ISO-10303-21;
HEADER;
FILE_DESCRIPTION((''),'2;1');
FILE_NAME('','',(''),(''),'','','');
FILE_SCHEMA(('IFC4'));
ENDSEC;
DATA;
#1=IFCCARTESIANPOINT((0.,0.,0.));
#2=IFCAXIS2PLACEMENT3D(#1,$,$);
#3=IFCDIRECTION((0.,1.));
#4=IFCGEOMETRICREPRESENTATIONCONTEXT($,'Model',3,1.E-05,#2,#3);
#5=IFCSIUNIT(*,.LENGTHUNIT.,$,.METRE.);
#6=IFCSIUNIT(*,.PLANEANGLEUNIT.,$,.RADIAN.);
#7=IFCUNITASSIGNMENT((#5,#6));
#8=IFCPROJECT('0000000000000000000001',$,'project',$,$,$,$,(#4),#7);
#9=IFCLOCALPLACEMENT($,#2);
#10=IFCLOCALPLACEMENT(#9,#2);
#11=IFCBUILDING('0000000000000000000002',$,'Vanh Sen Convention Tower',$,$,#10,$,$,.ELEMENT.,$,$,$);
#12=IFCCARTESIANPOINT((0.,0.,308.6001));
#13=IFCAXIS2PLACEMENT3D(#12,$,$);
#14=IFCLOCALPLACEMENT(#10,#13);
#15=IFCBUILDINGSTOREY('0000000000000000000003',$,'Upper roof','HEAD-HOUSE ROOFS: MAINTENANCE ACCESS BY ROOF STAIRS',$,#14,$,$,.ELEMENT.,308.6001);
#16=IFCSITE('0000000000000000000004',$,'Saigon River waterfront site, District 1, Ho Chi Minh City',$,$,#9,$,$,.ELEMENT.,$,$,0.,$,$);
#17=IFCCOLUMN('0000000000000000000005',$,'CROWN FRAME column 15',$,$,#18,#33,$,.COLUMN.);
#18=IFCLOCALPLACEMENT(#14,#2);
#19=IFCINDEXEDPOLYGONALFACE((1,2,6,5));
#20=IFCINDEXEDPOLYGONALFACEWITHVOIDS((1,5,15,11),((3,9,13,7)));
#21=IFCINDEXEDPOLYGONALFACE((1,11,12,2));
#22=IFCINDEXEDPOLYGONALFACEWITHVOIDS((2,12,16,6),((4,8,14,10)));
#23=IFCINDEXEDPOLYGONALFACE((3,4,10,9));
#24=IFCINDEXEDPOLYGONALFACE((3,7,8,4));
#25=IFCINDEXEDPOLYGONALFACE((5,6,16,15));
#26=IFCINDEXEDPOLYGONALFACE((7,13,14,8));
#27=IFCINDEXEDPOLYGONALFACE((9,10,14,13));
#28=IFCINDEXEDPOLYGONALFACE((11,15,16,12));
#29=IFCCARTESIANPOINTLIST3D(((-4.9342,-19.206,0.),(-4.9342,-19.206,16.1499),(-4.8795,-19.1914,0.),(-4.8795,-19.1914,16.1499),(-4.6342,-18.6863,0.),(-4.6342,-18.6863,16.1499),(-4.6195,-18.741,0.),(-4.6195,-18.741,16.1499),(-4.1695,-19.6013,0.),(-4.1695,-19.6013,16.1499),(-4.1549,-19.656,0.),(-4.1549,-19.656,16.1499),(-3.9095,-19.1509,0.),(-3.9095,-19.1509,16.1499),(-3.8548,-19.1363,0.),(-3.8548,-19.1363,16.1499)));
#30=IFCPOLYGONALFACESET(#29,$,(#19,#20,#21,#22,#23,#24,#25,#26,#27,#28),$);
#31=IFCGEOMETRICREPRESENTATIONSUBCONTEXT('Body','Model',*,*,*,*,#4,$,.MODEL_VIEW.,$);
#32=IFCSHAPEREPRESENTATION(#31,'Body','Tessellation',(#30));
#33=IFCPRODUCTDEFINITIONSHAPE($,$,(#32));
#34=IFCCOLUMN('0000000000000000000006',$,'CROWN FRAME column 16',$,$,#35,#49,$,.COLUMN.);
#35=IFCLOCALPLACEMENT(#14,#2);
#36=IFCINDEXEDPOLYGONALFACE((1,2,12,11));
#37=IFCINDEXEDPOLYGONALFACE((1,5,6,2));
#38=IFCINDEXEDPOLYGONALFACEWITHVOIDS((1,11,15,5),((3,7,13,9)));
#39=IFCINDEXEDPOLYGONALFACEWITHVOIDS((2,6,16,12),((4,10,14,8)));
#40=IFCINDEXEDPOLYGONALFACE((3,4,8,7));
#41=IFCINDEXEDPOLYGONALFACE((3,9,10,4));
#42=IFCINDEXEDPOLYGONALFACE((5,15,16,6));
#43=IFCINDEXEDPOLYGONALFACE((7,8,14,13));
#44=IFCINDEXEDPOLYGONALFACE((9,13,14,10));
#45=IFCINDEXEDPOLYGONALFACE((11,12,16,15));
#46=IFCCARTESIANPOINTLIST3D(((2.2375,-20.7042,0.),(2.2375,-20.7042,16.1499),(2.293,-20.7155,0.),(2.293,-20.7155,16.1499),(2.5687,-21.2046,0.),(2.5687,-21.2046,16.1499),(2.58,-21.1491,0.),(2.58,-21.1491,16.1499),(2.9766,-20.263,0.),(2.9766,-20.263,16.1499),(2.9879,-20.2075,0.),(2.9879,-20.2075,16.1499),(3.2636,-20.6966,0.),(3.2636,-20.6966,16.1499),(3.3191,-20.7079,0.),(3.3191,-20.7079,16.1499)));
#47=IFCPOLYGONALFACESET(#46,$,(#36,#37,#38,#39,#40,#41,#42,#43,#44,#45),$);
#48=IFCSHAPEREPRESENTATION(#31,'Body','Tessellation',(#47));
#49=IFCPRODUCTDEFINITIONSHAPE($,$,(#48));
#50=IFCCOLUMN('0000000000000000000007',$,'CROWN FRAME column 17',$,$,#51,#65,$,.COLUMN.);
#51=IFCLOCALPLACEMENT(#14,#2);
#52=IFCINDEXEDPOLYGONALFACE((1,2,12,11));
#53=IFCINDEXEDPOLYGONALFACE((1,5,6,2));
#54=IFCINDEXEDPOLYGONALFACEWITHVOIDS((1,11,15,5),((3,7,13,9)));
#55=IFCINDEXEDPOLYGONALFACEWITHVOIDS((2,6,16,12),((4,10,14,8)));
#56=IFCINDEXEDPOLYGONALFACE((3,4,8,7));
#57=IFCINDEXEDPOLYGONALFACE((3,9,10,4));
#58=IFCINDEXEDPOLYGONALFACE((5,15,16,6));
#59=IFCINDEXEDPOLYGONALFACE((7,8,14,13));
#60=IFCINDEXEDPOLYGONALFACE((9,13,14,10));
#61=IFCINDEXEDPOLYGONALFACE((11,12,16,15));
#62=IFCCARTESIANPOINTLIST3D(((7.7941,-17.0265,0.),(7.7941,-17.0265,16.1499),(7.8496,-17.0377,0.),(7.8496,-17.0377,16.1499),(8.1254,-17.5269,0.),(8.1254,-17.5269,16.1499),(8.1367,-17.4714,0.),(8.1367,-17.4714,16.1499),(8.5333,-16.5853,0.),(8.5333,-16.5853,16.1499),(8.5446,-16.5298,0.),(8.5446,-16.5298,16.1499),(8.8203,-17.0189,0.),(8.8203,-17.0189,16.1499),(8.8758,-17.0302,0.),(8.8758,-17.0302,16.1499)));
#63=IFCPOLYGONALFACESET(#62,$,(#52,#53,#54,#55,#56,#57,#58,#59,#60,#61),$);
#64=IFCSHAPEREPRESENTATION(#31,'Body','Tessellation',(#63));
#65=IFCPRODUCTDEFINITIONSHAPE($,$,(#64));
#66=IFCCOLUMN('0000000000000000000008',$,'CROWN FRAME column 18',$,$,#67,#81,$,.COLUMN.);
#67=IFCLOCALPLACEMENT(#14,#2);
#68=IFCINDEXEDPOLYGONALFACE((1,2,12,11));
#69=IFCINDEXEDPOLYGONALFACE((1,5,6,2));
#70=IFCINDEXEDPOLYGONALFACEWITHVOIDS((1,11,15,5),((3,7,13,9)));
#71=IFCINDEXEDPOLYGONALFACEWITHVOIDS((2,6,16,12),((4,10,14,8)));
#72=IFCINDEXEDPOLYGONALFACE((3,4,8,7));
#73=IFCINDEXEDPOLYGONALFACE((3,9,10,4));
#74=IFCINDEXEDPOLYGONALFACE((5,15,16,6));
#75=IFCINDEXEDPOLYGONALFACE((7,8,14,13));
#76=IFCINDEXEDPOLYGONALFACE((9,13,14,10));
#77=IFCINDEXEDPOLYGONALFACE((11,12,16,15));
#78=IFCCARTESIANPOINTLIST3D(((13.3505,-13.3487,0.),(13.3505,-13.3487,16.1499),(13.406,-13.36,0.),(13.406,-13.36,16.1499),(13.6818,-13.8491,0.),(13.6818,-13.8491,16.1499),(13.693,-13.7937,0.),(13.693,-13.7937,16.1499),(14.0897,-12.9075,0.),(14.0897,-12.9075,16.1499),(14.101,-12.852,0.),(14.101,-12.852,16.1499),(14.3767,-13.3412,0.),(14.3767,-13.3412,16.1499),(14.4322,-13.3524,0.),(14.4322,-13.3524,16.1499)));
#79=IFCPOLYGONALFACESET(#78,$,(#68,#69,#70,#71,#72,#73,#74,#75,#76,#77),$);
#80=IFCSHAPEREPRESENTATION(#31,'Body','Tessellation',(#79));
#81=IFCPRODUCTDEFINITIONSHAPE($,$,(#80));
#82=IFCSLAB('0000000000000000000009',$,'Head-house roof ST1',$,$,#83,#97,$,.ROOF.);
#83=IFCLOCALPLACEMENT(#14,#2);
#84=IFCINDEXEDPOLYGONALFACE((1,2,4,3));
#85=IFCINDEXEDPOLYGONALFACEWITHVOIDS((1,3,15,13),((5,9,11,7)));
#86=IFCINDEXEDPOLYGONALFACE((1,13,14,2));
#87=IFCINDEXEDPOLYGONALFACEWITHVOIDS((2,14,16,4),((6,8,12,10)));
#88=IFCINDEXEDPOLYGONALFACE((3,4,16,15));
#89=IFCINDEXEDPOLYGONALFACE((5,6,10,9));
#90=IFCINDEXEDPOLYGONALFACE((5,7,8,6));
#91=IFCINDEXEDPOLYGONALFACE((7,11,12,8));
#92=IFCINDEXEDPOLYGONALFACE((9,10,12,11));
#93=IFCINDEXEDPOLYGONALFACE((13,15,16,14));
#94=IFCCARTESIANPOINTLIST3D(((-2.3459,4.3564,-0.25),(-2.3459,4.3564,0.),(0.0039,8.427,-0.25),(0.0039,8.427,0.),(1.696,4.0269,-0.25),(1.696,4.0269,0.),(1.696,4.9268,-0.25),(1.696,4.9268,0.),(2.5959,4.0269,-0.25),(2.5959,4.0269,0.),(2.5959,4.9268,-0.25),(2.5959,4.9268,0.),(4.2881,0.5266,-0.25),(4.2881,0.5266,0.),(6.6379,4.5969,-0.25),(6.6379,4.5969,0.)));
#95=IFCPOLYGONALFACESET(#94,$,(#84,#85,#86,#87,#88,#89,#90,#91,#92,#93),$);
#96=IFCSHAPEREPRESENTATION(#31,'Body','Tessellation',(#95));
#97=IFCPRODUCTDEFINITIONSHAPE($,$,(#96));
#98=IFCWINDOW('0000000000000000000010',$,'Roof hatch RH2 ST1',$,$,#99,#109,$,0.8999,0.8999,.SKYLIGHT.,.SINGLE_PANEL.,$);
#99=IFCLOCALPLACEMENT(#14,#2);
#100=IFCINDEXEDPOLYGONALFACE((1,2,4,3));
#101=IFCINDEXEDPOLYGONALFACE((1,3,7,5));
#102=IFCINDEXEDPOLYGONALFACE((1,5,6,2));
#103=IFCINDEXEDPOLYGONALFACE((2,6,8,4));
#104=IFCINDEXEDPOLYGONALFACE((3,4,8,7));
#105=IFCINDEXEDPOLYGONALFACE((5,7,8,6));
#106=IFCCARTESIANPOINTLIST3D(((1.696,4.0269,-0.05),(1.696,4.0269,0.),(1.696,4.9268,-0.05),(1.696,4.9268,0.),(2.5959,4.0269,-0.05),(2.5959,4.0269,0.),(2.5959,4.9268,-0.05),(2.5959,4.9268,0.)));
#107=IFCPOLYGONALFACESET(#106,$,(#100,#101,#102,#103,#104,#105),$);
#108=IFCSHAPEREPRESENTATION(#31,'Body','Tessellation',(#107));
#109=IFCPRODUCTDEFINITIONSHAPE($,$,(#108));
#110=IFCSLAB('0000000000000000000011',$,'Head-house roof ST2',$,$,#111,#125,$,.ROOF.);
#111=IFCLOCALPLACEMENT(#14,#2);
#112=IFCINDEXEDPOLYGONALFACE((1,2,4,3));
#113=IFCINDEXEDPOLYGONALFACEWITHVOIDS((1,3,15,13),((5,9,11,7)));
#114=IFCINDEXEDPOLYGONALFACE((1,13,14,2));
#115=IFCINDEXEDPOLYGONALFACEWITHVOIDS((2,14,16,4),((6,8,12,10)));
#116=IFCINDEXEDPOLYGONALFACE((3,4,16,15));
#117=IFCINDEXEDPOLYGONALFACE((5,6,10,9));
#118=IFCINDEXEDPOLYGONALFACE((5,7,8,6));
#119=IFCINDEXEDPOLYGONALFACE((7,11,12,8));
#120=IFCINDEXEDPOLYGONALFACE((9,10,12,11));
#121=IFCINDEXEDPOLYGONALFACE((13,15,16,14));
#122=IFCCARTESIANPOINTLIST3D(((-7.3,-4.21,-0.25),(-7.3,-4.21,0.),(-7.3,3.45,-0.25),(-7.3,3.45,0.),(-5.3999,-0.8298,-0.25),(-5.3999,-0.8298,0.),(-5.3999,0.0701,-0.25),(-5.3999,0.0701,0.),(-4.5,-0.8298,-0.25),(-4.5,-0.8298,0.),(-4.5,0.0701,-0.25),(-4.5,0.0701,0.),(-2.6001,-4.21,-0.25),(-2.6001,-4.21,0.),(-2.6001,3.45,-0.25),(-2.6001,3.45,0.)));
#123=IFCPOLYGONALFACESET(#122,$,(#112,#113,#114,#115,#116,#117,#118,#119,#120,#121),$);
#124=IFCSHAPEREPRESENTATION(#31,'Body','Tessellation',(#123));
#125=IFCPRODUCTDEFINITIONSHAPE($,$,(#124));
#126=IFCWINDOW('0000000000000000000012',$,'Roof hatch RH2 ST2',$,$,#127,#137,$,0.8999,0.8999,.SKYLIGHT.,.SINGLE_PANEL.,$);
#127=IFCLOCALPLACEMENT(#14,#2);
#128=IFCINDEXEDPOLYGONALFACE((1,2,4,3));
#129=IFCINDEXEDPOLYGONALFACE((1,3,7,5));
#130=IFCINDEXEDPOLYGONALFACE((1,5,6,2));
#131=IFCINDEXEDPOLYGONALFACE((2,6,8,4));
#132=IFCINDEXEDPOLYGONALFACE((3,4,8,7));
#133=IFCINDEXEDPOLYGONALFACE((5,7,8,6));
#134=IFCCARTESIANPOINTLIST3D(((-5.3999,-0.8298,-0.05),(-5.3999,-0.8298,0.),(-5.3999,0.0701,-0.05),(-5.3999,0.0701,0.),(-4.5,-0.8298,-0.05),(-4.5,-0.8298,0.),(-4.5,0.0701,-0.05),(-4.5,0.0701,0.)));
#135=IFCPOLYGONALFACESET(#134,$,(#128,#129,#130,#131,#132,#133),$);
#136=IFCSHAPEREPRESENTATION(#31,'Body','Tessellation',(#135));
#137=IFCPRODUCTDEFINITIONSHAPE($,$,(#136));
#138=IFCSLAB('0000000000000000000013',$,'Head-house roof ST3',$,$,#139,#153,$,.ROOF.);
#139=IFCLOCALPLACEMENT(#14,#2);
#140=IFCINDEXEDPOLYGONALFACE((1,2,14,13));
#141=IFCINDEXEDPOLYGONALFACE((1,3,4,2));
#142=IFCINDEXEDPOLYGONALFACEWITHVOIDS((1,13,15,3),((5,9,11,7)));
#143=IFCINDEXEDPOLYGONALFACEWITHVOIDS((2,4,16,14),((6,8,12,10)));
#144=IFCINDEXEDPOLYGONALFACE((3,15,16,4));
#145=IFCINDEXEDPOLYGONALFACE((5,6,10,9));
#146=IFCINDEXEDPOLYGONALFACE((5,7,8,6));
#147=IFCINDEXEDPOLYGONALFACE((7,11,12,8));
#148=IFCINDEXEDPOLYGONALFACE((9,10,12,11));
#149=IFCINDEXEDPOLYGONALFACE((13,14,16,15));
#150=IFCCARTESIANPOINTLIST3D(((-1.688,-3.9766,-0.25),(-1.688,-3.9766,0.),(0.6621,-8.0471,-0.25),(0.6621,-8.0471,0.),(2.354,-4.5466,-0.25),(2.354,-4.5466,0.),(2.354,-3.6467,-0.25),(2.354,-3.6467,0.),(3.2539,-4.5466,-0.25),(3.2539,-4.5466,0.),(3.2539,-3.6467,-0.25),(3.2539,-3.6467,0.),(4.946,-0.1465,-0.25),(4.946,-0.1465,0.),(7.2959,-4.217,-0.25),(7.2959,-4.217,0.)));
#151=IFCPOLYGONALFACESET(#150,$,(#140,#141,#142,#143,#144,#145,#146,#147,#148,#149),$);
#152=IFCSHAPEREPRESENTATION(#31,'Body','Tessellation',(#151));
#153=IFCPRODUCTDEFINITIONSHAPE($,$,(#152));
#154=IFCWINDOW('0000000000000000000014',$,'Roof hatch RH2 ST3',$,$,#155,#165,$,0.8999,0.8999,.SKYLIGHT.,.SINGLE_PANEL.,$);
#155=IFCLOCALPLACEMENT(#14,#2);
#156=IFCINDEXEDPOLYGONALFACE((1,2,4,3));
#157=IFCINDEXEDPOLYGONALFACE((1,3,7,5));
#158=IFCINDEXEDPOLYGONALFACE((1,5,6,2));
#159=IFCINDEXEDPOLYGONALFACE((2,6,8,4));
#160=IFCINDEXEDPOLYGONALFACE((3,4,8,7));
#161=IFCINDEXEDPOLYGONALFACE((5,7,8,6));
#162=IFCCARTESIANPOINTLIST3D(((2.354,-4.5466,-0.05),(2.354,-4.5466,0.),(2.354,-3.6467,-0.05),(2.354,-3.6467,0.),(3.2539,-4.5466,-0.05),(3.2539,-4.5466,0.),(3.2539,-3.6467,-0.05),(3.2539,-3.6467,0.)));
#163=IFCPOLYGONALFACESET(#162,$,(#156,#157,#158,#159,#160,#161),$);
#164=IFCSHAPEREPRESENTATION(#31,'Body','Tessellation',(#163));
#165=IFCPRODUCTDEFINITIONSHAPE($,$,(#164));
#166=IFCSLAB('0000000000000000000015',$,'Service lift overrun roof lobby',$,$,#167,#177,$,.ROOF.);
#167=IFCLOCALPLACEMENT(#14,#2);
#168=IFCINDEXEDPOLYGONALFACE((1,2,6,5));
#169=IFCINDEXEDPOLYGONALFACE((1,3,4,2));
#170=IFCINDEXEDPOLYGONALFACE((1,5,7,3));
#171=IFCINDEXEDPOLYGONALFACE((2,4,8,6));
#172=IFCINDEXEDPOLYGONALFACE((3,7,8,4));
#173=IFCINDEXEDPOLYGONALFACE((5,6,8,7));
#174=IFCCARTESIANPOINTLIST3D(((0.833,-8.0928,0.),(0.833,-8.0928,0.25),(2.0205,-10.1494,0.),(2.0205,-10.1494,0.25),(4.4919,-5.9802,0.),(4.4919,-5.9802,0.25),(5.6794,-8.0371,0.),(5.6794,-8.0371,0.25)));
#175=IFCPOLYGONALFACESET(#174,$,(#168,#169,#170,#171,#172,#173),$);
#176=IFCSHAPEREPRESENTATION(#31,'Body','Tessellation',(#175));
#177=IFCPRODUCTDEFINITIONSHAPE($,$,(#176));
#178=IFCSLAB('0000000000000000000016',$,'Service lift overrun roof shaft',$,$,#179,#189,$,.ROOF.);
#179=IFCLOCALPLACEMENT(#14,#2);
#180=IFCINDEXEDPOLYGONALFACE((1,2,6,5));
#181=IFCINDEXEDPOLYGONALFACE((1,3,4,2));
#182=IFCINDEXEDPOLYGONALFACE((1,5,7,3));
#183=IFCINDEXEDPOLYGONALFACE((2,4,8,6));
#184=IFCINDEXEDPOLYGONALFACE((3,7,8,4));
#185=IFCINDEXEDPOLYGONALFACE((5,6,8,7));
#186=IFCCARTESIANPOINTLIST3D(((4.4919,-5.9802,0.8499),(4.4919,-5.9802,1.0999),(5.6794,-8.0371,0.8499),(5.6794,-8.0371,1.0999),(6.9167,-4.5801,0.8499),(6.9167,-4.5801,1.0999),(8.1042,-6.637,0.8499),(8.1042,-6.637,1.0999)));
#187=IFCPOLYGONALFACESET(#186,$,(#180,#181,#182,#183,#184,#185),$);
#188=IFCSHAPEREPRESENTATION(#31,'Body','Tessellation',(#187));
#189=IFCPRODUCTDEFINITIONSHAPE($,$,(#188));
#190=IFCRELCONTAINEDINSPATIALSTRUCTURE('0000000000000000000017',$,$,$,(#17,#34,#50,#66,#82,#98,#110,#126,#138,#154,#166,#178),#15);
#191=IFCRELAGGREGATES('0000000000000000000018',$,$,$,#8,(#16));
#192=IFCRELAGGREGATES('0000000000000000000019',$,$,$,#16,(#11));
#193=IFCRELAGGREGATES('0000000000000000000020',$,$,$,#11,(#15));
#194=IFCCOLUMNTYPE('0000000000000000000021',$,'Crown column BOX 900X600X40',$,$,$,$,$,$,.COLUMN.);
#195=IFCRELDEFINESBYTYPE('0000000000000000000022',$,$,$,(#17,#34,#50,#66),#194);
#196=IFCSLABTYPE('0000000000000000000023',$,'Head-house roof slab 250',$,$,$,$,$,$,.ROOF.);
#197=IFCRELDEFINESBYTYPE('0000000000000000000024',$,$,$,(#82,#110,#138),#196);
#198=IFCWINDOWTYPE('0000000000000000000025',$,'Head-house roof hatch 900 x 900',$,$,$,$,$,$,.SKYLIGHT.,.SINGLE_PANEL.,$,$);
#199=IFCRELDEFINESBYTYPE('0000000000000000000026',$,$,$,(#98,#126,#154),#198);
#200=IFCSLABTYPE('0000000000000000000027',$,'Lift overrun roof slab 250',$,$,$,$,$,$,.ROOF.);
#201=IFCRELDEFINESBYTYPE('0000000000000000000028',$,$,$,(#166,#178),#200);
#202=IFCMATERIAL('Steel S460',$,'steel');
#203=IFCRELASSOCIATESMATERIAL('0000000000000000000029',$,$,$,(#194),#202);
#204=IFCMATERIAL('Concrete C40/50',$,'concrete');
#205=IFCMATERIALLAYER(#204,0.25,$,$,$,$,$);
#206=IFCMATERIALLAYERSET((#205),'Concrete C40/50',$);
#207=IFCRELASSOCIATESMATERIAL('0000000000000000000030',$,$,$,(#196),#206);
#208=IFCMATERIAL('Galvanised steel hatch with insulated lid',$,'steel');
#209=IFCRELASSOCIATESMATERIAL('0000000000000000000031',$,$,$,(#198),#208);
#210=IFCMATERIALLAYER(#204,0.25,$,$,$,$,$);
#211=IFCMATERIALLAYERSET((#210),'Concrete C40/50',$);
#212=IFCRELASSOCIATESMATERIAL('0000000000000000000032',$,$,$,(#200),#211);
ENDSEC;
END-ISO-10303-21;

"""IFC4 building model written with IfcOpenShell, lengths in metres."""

from ifc_helpers import new_model, si_unit, direction, frame, origin, origin_2d, place, context, subcontext, project, spatial, polyline, rectangle, hollow_rectangle, outline, extrude, material, layer, layer_set, material_profile, profile_set, type_object, element, fill, save


model = new_model("IFC4")

# Units and contexts
model_context = context("Model", 3, precision=1e-05, world=origin(), true_north=direction((0.0, 1.0)))
body_context = subcontext(model_context, "Body", "Model", "MODEL_VIEW")
ifc_project = project(units=[si_unit("LENGTHUNIT", "METRE"), si_unit("PLANEANGLEUNIT", "RADIAN")], contexts=[model_context])

# Site, building, storey
site_placement = place(None, origin())
site = spatial("IfcSite", under=ifc_project, at=site_placement, Name="Saigon River waterfront site, District 1, Ho Chi Minh City", CompositionType="ELEMENT", RefElevation=0.0)
building_placement = place(site_placement, origin())
building = spatial("IfcBuilding", under=site, at=building_placement, Name="Vanh Sen Convention Tower", CompositionType="ELEMENT")
storey_placement = place(building_placement, frame((0.0, 0.0, 308.6001)))
storey = spatial("IfcBuildingStorey", under=building, at=storey_placement, Name="Upper roof", Description="HEAD-HOUSE ROOFS: MAINTENANCE ACCESS BY ROOF STAIRS", CompositionType="ELEMENT", Elevation=308.6001)

# Columns
ifc_material_1 = material(Name="Steel S460", Category="steel")
ifc_material_profile = material_profile(ifc_material_1, hollow_rectangle(XDim=0.6001, YDim=0.8999, WallThickness=0.04, at=origin_2d()), Name="BOX 900X600X40")
ifc_profile_set = profile_set([ifc_material_profile], Name="Steel S460")
column_type = type_object("IfcColumnType", Name="Crown column BOX 900X600X40", PredefinedType="COLUMN", material=ifc_profile_set)
for number, where, z_axis, x_axis, name in (
    (1, (-4.3945, -19.1711, 0.0), (0.0, 0.0, 1.0), (0.5, 0.866025, 0.0), "CROWN FRAME column 15"),
    (2, (2.7783, -20.7061, 0.0), (0.0, 0.0, 1.0), (-0.551937, 0.833886, 0.0), "CROWN FRAME column 16"),
    (3, (8.335, -17.0283, 0.0), (0.0, 0.0, 1.0), (-0.551937, 0.833886, 0.0), "CROWN FRAME column 17"),
    (4, (13.8914, -13.3506, 0.0), (0.0, 0.0, 1.0), (-0.551937, 0.833886, 0.0), "CROWN FRAME column 18"),
):
    element("IfcColumn", number, at=place(storey_placement, frame(where, z_axis=z_axis, x_axis=x_axis)), inside=storey, type_object=column_type, Name=name, PredefinedType="COLUMN", context=body_context, shape_type="SweptSolid", body=[
        extrude(hollow_rectangle(XDim=0.6001, YDim=0.8999, WallThickness=0.04, at=origin_2d()), origin(), (0.0, 0.0, 1.0), 16.1499),
    ])

# Slabs, openings, windows
ifc_material_2 = material(Name="Concrete C40/50", Category="concrete")
ifc_layer_1 = layer(ifc_material_2, 0.25)
ifc_layer_set_1 = layer_set([ifc_layer_1], Name="Concrete C40/50")
slab_type_1 = type_object("IfcSlabType", Name="Head-house roof slab 250", PredefinedType="ROOF", material=ifc_layer_set_1)
slab_1_placement = place(storey_placement, frame((0.0, 0.0, -0.25)))
slab_1 = element("IfcSlab", 5, at=slab_1_placement, inside=storey, type_object=slab_type_1, Name="Head-house roof ST1", PredefinedType="ROOF", context=body_context, shape_type="SweptSolid", body=[
    extrude(outline(polyline([(4.2881, 0.5266), (6.6379, 4.5969), (0.0039, 8.427), (-2.3459, 4.3564), (4.2881, 0.5266)])), origin(), (0.0, 0.0, 1.0), 0.25),
])
opening_1_placement = place(slab_1_placement, frame((2.146, 4.4768, -0.01)))
opening_1 = element("IfcOpeningElement", 6, at=opening_1_placement, cuts=slab_1, PredefinedType="OPENING", context=body_context, shape_type="SweptSolid", body=[
    extrude(rectangle(XDim=0.8999, YDim=0.8999, at=origin_2d()), origin(), (0.0, 0.0, 1.0), 0.27),
])
ifc_material_3 = material(Name="Galvanised steel hatch with insulated lid", Category="steel")
window_type = type_object("IfcWindowType", Name="Head-house roof hatch 900 x 900", PartitioningType="SINGLE_PANEL", PredefinedType="SKYLIGHT", material=ifc_material_3)
window_1_placement = place(opening_1_placement, frame((0.0, 0.0, 0.21)))
window_1 = element("IfcWindow", 7, at=window_1_placement, inside=storey, type_object=window_type, Name="Roof hatch RH2 ST1", OverallHeight=0.8999, OverallWidth=0.8999, PartitioningType="SINGLE_PANEL", PredefinedType="SKYLIGHT", context=body_context, shape_type="SweptSolid", body=[
    extrude(rectangle(XDim=0.8999, YDim=0.8999, at=origin_2d()), origin(), (0.0, 0.0, 1.0), 0.05),
])
fill(opening_1, window_1)
slab_2_placement = place(storey_placement, frame((0.0, 0.0, -0.25)))
slab_2 = element("IfcSlab", 8, at=slab_2_placement, inside=storey, type_object=slab_type_1, Name="Head-house roof ST2", PredefinedType="ROOF", context=body_context, shape_type="SweptSolid", body=[
    extrude(outline(polyline([(-2.6001, 3.45), (-7.3, 3.45), (-7.3, -4.21), (-2.6001, -4.21), (-2.6001, 3.45)])), origin(), (0.0, 0.0, 1.0), 0.25),
])
opening_2_placement = place(slab_2_placement, frame((-4.95, -0.3799, -0.01)))
opening_2 = element("IfcOpeningElement", 9, at=opening_2_placement, cuts=slab_2, PredefinedType="OPENING", context=body_context, shape_type="SweptSolid", body=[
    extrude(rectangle(XDim=0.8999, YDim=0.8999, at=origin_2d()), origin(), (0.0, 0.0, 1.0), 0.27),
])
window_2_placement = place(opening_2_placement, frame((0.0, 0.0, 0.21)))
window_2 = element("IfcWindow", 10, at=window_2_placement, inside=storey, type_object=window_type, Name="Roof hatch RH2 ST2", OverallHeight=0.8999, OverallWidth=0.8999, PartitioningType="SINGLE_PANEL", PredefinedType="SKYLIGHT", context=body_context, shape_type="SweptSolid", body=[
    extrude(rectangle(XDim=0.8999, YDim=0.8999, at=origin_2d()), origin(), (0.0, 0.0, 1.0), 0.05),
])
fill(opening_2, window_2)
slab_3_placement = place(storey_placement, frame((0.0, 0.0, -0.25)))
slab_3 = element("IfcSlab", 11, at=slab_3_placement, inside=storey, type_object=slab_type_1, Name="Head-house roof ST3", PredefinedType="ROOF", context=body_context, shape_type="SweptSolid", body=[
    extrude(outline(polyline([(-1.688, -3.9766), (0.6621, -8.0471), (7.2959, -4.217), (4.946, -0.1465), (-1.688, -3.9766)])), origin(), (0.0, 0.0, 1.0), 0.25),
])
opening_3_placement = place(slab_3_placement, frame((2.804, -4.0967, -0.01)))
opening_3 = element("IfcOpeningElement", 12, at=opening_3_placement, cuts=slab_3, PredefinedType="OPENING", context=body_context, shape_type="SweptSolid", body=[
    extrude(rectangle(XDim=0.8999, YDim=0.8999, at=origin_2d()), origin(), (0.0, 0.0, 1.0), 0.27),
])
window_3_placement = place(opening_3_placement, frame((0.0, 0.0, 0.21)))
window_3 = element("IfcWindow", 13, at=window_3_placement, inside=storey, type_object=window_type, Name="Roof hatch RH2 ST3", OverallHeight=0.8999, OverallWidth=0.8999, PartitioningType="SINGLE_PANEL", PredefinedType="SKYLIGHT", context=body_context, shape_type="SweptSolid", body=[
    extrude(rectangle(XDim=0.8999, YDim=0.8999, at=origin_2d()), origin(), (0.0, 0.0, 1.0), 0.05),
])
fill(opening_3, window_3)

# Slabs
ifc_layer_2 = layer(ifc_material_2, 0.25)
ifc_layer_set_2 = layer_set([ifc_layer_2], Name="Concrete C40/50")
slab_type_2 = type_object("IfcSlabType", Name="Lift overrun roof slab 250", PredefinedType="ROOF", material=ifc_layer_set_2)
slab_4_placement = place(storey_placement, origin())
element("IfcSlab", 14, at=slab_4_placement, inside=storey, type_object=slab_type_2, Name="Service lift overrun roof lobby", PredefinedType="ROOF", context=body_context, shape_type="SweptSolid", body=[
    extrude(outline(polyline([(0.833, -8.0928), (2.0205, -10.1494), (5.6794, -8.0371), (4.4919, -5.9802), (0.833, -8.0928)])), origin(), (0.0, 0.0, 1.0), 0.25),
])
slab_5_placement = place(storey_placement, frame((0.0, 0.0, 0.8499)))
element("IfcSlab", 15, at=slab_5_placement, inside=storey, type_object=slab_type_2, Name="Service lift overrun roof shaft", PredefinedType="ROOF", context=body_context, shape_type="SweptSolid", body=[
    extrude(outline(polyline([(4.4919, -5.9802), (5.6794, -8.0371), (8.1042, -6.637), (6.9167, -4.5801), (4.4919, -5.9802)])), origin(), (0.0, 0.0, 1.0), 0.25),
])

save(model, "model.ifc")
